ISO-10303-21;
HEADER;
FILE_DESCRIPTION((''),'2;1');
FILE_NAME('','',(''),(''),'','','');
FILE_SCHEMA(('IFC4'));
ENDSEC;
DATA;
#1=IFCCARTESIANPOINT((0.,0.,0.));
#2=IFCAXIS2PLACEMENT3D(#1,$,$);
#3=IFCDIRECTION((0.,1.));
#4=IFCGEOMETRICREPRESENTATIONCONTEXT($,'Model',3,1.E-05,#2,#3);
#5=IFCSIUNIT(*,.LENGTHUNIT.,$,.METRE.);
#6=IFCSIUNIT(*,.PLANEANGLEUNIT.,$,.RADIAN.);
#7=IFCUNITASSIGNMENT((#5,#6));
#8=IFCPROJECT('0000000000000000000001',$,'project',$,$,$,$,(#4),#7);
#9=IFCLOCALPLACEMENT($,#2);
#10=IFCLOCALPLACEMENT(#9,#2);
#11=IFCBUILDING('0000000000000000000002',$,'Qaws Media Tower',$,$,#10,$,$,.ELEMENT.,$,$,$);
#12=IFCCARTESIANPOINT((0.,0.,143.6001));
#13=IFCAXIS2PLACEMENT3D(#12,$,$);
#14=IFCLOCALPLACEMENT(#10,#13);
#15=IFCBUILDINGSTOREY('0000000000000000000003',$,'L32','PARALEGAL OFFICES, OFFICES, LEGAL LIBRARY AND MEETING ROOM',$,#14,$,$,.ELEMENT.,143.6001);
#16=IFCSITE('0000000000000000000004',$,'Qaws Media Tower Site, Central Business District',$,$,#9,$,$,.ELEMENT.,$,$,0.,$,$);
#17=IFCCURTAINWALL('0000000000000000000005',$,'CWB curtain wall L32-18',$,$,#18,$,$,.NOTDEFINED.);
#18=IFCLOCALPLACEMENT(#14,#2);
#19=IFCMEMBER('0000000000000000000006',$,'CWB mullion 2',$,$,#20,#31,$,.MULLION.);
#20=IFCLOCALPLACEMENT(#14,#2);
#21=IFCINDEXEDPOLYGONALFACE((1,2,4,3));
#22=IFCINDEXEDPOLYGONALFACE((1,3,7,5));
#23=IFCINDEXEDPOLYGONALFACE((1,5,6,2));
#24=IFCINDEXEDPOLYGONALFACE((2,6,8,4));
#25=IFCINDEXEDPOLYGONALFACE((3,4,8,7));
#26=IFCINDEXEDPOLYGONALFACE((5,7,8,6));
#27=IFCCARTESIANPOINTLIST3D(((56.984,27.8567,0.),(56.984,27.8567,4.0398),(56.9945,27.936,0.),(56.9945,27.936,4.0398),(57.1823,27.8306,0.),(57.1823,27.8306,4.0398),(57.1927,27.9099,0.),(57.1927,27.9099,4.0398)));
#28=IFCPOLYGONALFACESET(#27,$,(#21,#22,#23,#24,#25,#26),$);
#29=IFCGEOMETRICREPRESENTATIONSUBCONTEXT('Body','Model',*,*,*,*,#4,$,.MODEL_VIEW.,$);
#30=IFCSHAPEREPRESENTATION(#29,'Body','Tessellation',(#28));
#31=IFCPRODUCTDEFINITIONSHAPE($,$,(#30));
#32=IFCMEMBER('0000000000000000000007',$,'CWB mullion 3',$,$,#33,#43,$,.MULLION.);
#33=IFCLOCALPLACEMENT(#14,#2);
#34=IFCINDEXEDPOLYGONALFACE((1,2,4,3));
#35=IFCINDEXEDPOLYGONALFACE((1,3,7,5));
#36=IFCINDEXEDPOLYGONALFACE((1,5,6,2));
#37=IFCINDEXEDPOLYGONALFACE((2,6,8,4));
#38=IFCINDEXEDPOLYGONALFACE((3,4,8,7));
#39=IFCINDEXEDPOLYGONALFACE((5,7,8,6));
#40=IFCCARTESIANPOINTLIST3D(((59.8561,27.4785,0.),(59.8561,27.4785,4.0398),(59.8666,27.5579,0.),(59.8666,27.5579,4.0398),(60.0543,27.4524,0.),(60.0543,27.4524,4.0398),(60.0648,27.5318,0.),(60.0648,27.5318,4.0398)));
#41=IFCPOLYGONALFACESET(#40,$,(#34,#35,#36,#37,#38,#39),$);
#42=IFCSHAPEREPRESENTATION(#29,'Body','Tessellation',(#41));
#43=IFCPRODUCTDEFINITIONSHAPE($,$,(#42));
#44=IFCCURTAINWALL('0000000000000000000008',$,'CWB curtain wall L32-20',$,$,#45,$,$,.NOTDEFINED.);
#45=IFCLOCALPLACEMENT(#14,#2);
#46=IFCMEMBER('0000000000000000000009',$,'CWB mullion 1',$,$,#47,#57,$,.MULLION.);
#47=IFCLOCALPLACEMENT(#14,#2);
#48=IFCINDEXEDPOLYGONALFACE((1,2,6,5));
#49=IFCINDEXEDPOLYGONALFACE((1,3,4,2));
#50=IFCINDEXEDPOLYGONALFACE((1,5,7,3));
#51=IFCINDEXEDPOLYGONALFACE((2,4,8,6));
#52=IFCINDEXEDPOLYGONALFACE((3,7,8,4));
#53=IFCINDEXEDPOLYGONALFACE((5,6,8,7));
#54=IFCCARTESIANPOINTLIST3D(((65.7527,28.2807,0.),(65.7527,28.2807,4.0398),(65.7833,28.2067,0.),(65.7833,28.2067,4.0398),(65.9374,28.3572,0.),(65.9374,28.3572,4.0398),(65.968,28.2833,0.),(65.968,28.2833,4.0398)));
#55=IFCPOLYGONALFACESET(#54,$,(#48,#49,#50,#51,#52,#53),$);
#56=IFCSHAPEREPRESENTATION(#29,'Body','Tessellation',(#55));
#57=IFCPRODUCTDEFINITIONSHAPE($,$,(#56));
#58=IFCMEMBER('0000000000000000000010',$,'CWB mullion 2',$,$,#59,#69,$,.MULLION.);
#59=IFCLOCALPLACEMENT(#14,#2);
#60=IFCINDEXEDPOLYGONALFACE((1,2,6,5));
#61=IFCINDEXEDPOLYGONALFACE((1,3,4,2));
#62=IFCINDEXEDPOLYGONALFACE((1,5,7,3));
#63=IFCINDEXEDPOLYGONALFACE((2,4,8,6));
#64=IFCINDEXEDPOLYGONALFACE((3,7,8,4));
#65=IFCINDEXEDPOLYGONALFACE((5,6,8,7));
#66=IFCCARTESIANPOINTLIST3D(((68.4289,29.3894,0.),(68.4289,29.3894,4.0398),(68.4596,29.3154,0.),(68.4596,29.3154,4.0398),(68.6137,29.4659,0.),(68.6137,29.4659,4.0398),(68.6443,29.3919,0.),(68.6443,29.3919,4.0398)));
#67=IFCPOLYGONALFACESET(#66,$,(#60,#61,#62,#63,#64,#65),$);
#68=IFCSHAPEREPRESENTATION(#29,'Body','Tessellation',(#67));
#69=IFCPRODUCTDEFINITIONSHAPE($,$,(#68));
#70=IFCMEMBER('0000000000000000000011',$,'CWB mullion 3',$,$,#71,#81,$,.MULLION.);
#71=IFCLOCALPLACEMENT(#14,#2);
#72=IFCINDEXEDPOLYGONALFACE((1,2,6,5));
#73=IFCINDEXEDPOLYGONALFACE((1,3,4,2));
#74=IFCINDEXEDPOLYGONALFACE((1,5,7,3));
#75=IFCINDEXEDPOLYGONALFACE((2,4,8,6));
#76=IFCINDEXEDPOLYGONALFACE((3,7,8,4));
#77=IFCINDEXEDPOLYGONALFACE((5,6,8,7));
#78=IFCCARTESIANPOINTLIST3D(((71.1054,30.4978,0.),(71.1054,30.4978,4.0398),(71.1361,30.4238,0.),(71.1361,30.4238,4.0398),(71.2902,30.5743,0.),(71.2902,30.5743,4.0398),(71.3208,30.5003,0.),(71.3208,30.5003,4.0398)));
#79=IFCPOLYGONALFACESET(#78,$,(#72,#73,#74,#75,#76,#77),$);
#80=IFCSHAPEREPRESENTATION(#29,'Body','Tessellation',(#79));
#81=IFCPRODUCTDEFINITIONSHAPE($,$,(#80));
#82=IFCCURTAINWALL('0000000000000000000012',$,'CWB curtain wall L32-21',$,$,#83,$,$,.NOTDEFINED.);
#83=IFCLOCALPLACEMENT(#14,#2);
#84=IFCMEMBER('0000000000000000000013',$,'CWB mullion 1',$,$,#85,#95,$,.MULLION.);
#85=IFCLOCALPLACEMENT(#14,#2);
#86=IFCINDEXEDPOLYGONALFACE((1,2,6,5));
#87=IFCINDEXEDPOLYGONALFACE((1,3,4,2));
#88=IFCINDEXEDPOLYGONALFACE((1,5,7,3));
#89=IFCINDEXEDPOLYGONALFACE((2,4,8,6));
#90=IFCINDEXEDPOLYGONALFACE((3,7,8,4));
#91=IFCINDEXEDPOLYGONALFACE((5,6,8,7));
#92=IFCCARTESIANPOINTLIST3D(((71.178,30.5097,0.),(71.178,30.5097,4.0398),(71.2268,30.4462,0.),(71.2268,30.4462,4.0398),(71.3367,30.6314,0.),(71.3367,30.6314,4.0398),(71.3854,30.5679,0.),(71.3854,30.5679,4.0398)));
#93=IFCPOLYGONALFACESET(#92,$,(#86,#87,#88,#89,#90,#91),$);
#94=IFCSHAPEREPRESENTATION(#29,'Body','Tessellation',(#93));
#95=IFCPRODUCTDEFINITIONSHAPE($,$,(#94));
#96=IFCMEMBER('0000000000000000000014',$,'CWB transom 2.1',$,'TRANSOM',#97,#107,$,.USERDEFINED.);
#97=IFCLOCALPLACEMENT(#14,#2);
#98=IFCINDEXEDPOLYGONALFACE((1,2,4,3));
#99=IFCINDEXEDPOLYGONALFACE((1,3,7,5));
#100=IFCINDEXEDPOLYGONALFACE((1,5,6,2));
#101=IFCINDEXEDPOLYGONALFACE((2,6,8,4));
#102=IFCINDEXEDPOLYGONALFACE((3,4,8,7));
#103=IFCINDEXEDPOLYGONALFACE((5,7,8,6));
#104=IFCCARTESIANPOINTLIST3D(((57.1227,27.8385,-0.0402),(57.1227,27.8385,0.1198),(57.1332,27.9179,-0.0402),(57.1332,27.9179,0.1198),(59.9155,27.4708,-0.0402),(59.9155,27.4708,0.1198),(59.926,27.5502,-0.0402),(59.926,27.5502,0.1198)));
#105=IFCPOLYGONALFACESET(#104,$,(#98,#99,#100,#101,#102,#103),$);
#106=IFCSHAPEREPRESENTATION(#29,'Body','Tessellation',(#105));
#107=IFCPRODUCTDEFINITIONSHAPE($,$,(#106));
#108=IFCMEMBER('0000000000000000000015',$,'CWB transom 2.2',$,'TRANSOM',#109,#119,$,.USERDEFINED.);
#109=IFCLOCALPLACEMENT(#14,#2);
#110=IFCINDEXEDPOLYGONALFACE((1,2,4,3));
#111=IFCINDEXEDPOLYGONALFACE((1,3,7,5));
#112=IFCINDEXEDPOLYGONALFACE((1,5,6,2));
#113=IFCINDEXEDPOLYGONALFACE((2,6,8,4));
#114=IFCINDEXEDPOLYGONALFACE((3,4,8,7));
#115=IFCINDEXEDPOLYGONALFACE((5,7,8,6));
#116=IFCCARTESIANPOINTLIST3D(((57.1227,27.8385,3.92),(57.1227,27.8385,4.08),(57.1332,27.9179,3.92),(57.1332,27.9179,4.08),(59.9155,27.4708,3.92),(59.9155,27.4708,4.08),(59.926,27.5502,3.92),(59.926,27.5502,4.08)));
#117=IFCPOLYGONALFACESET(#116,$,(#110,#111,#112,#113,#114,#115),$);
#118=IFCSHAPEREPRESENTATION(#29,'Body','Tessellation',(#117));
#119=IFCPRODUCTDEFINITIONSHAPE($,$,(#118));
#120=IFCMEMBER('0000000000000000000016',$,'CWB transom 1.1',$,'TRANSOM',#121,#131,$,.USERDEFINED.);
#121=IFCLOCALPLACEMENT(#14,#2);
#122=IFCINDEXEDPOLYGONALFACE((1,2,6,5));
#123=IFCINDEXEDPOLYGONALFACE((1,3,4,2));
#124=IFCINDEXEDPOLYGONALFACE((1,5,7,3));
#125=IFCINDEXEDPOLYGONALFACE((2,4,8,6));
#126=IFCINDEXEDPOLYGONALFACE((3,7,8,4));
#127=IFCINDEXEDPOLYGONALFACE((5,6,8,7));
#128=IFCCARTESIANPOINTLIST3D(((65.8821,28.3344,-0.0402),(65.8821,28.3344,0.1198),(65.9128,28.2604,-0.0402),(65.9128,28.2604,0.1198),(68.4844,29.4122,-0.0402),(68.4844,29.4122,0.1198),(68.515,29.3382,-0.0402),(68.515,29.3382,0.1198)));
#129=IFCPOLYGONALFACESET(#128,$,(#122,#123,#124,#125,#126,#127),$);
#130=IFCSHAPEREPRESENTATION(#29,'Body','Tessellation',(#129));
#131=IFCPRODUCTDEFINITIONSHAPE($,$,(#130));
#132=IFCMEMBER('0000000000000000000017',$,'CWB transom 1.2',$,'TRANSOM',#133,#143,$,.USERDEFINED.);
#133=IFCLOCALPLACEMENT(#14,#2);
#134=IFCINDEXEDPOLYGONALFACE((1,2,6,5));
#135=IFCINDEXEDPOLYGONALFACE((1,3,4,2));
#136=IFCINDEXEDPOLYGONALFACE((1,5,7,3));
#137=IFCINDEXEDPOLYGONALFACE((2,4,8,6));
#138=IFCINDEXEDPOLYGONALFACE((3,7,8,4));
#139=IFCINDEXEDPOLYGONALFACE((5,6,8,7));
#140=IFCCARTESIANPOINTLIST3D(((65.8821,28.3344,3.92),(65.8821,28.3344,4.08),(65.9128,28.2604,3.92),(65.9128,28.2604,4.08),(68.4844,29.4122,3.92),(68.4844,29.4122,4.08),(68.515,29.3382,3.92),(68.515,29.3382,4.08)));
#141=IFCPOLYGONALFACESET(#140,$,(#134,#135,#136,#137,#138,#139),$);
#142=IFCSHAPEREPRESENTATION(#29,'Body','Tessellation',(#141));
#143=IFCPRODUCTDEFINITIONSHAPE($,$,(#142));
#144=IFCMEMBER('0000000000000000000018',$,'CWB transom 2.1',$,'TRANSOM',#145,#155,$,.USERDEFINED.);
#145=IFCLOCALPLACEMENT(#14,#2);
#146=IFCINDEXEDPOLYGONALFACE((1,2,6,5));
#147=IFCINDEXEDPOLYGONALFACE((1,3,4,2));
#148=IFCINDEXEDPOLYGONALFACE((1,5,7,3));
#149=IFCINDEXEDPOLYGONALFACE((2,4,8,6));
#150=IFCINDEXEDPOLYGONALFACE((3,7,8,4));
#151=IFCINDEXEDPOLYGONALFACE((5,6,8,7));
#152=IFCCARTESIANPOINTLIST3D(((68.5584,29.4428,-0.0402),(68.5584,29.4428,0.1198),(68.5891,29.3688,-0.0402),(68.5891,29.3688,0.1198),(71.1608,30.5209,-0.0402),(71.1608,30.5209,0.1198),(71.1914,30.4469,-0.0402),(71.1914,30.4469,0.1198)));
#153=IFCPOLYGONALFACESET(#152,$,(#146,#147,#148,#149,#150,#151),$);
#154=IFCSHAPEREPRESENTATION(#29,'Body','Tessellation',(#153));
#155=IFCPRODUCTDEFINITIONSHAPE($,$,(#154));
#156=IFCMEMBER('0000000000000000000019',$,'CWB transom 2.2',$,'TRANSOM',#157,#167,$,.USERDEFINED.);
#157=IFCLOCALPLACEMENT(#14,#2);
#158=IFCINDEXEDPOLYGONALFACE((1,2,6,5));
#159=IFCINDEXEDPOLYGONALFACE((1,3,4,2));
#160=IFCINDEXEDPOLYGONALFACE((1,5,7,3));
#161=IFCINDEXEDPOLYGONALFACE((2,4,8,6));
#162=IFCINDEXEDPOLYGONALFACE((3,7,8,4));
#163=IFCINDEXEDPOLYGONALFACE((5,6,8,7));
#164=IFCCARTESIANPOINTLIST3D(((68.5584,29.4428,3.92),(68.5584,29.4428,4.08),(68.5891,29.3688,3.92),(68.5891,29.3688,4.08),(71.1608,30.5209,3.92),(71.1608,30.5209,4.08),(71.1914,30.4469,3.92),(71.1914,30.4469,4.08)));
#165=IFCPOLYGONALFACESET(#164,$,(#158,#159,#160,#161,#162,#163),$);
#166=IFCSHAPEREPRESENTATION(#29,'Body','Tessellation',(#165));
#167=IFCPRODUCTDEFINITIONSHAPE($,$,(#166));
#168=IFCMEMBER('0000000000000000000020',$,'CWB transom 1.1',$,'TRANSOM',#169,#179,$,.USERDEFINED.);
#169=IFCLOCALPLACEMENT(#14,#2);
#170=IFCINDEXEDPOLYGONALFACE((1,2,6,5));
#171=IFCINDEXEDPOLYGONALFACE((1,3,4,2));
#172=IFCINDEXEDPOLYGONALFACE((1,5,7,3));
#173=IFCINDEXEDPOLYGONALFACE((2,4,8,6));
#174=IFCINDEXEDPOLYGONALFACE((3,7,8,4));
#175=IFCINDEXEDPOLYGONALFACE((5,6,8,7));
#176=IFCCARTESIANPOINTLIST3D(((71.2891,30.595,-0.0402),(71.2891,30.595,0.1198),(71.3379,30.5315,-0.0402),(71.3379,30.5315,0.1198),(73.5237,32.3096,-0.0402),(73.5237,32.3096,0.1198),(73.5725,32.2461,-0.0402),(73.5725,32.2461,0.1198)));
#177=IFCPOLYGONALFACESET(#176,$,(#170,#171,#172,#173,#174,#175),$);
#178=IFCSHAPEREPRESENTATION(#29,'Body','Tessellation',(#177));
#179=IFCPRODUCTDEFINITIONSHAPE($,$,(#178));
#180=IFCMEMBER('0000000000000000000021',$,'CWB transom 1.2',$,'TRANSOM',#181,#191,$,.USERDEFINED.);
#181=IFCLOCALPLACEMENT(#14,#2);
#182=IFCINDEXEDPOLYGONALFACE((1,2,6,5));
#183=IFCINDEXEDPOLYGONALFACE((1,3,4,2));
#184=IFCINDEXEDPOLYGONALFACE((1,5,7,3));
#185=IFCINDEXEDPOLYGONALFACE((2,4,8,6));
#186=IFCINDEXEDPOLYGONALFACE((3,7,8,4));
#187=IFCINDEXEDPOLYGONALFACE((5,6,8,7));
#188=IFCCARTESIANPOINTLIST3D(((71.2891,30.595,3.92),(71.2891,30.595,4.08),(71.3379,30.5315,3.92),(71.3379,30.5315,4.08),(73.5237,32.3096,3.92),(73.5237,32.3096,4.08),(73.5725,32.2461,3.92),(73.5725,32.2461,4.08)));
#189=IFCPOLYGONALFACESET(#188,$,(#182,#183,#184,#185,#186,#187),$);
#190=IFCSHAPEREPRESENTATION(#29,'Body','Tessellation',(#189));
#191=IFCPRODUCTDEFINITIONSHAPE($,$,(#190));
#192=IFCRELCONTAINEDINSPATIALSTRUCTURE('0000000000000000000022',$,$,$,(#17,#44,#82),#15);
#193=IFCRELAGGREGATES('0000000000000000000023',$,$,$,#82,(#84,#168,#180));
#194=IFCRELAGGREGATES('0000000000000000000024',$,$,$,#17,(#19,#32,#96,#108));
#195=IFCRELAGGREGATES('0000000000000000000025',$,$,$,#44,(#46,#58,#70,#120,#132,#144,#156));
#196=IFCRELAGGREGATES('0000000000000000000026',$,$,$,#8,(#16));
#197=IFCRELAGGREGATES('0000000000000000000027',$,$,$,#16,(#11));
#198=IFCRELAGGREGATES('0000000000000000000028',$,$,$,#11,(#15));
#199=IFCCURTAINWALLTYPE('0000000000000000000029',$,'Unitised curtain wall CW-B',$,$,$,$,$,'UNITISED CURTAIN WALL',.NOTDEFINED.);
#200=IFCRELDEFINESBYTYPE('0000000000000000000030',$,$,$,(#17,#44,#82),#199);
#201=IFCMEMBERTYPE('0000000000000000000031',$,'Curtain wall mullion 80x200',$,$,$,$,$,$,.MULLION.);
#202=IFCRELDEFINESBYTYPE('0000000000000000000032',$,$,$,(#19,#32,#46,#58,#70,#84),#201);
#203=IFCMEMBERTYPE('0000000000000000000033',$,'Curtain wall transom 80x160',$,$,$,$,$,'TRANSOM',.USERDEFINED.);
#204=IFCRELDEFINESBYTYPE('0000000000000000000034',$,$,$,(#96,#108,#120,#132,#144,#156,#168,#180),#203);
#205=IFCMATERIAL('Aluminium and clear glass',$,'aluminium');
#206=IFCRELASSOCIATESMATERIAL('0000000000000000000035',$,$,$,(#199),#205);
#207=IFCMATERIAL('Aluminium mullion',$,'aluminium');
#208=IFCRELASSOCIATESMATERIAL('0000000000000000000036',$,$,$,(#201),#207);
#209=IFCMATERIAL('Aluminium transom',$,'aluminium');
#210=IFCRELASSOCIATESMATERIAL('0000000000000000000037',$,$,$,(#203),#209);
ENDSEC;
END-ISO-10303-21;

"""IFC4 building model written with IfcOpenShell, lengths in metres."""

from ifc_helpers import new_model, si_unit, direction, frame, origin, origin_2d, place, context, subcontext, project, spatial, rectangle, extrude, material, material_profile, profile_set, type_object, element, aggregate, save


model = new_model("IFC4")

# Units and contexts
model_context = context("Model", 3, precision=1e-05, world=origin(), true_north=direction((0.0, 1.0)))
body_context = subcontext(model_context, "Body", "Model", "MODEL_VIEW")
ifc_project = project(units=[si_unit("LENGTHUNIT", "METRE"), si_unit("PLANEANGLEUNIT", "RADIAN")], contexts=[model_context])

# Site, building, storey
site_placement = place(None, origin())
site = spatial("IfcSite", under=ifc_project, at=site_placement, Name="Qaws Media Tower Site, Central Business District", CompositionType="ELEMENT", RefElevation=0.0)
building_placement = place(site_placement, origin())
building = spatial("IfcBuilding", under=site, at=building_placement, Name="Qaws Media Tower", CompositionType="ELEMENT")
storey_placement = place(building_placement, frame((0.0, 0.0, 143.6001)))
storey = spatial("IfcBuildingStorey", under=building, at=storey_placement, Name="L32", Description="PARALEGAL OFFICES, OFFICES, LEGAL LIBRARY AND MEETING ROOM", CompositionType="ELEMENT", Elevation=143.6001)

# Curtain walls, members
ifc_material_1 = material(Name="Aluminium and clear glass", Category="aluminium")
curtain_wall_type = type_object("IfcCurtainWallType", Name="Unitised curtain wall CW-B", ElementType="UNITISED CURTAIN WALL", PredefinedType="NOTDEFINED", material=ifc_material_1)
curtain_wall_1_placement = place(storey_placement, origin())
curtain_wall_1 = element("IfcCurtainWall", 1, at=curtain_wall_1_placement, inside=storey, type_object=curtain_wall_type, Name="CWB curtain wall L32-18", PredefinedType="NOTDEFINED")
ifc_material_2 = material(Name="Aluminium mullion", Category="aluminium")
ifc_material_profile_1 = material_profile(ifc_material_2, rectangle(XDim=0.0801, YDim=0.2, at=origin_2d()), Name="80x200")
ifc_profile_set_1 = profile_set([ifc_material_profile_1], Name="Aluminium mullion")
member_type_1 = type_object("IfcMemberType", Name="Curtain wall mullion 80x200", PredefinedType="MULLION", material=ifc_profile_set_1)
member_1_placement = place(storey_placement, frame((57.0884, 27.8833, 0.0), z_axis=(0.0, 0.0, 1.0), x_axis=(0.130526, 0.991445, 0.0)))
member_1 = element("IfcMember", 2, at=member_1_placement, type_object=member_type_1, Name="CWB mullion 2", PredefinedType="MULLION", context=body_context, shape_type="SweptSolid", body=[
    extrude(rectangle(XDim=0.0801, YDim=0.2, at=origin_2d()), origin(), (0.0, 0.0, 1.0), 4.0398),
])
member_2_placement = place(storey_placement, frame((59.9604, 27.5051, 0.0), z_axis=(0.0, 0.0, 1.0), x_axis=(0.130526, 0.991445, 0.0)))
member_2 = element("IfcMember", 3, at=member_2_placement, type_object=member_type_1, Name="CWB mullion 3", PredefinedType="MULLION", context=body_context, shape_type="SweptSolid", body=[
    extrude(rectangle(XDim=0.0801, YDim=0.2, at=origin_2d()), origin(), (0.0, 0.0, 1.0), 4.0398),
])
curtain_wall_2_placement = place(storey_placement, origin())
curtain_wall_2 = element("IfcCurtainWall", 4, at=curtain_wall_2_placement, inside=storey, type_object=curtain_wall_type, Name="CWB curtain wall L32-20", PredefinedType="NOTDEFINED")
member_3_placement = place(storey_placement, frame((65.8604, 28.282, 0.0), z_axis=(0.0, 0.0, 1.0), x_axis=(-0.382683, 0.92388, 0.0)))
member_3 = element("IfcMember", 5, at=member_3_placement, type_object=member_type_1, Name="CWB mullion 1", PredefinedType="MULLION", context=body_context, shape_type="SweptSolid", body=[
    extrude(rectangle(XDim=0.0801, YDim=0.2, at=origin_2d()), origin(), (0.0, 0.0, 1.0), 4.0398),
])
member_4_placement = place(storey_placement, frame((68.5366, 29.3906, 0.0), z_axis=(0.0, 0.0, 1.0), x_axis=(-0.382683, 0.92388, 0.0)))
member_4 = element("IfcMember", 6, at=member_4_placement, type_object=member_type_1, Name="CWB mullion 2", PredefinedType="MULLION", context=body_context, shape_type="SweptSolid", body=[
    extrude(rectangle(XDim=0.0801, YDim=0.2, at=origin_2d()), origin(), (0.0, 0.0, 1.0), 4.0398),
])
member_5_placement = place(storey_placement, frame((71.2131, 30.499, 0.0), z_axis=(0.0, 0.0, 1.0), x_axis=(-0.382683, 0.92388, 0.0)))
member_5 = element("IfcMember", 7, at=member_5_placement, type_object=member_type_1, Name="CWB mullion 3", PredefinedType="MULLION", context=body_context, shape_type="SweptSolid", body=[
    extrude(rectangle(XDim=0.0801, YDim=0.2, at=origin_2d()), origin(), (0.0, 0.0, 1.0), 4.0398),
])

# Curtain wall, member
curtain_wall_3_placement = place(storey_placement, origin())
curtain_wall_3 = element("IfcCurtainWall", 8, at=curtain_wall_3_placement, inside=storey, type_object=curtain_wall_type, Name="CWB curtain wall L32-21", PredefinedType="NOTDEFINED")
member_6_placement = place(storey_placement, frame((71.2817, 30.5388, 0.0), z_axis=(0.0, 0.0, 1.0), x_axis=(-0.608761, 0.793353, 0.0)))
member_6 = element("IfcMember", 9, at=member_6_placement, type_object=member_type_1, Name="CWB mullion 1", PredefinedType="MULLION", context=body_context, shape_type="SweptSolid", body=[
    extrude(rectangle(XDim=0.0801, YDim=0.2, at=origin_2d()), origin(), (0.0, 0.0, 1.0), 4.0398),
])

# Members
ifc_material_3 = material(Name="Aluminium transom", Category="aluminium")
ifc_material_profile_2 = material_profile(ifc_material_3, rectangle(XDim=0.0801, YDim=0.1599, at=origin_2d()), Name="80x160")
ifc_profile_set_2 = profile_set([ifc_material_profile_2], Name="Aluminium transom")
member_type_2 = type_object("IfcMemberType", Name="Curtain wall transom 80x160", ElementType="TRANSOM", PredefinedType="USERDEFINED", material=ifc_profile_set_2)
member_7_placement = place(storey_placement, frame((57.1279, 27.8782, 0.0398), z_axis=(0.991445, -0.130528, 0.0), x_axis=(0.130528, 0.991445, 0.0)))
member_7 = element("IfcMember", 10, at=member_7_placement, type_object=member_type_2, Name="CWB transom 2.1", ObjectType="TRANSOM", PredefinedType="USERDEFINED", context=body_context, shape_type="SweptSolid", body=[
    extrude(rectangle(XDim=0.0801, YDim=0.1599, at=origin_2d()), origin(), (0.0, 0.0, 1.0), 2.8169),
])
member_8_placement = place(storey_placement, frame((57.1279, 27.8782, 4.0), z_axis=(0.991445, -0.130528, 0.0), x_axis=(0.130528, 0.991445, 0.0)))
member_8 = element("IfcMember", 11, at=member_8_placement, type_object=member_type_2, Name="CWB transom 2.2", ObjectType="TRANSOM", PredefinedType="USERDEFINED", context=body_context, shape_type="SweptSolid", body=[
    extrude(rectangle(XDim=0.0801, YDim=0.1599, at=origin_2d()), origin(), (0.0, 0.0, 1.0), 2.8169),
])
member_9_placement = place(storey_placement, frame((65.8975, 28.2974, 0.0398), z_axis=(0.923883, 0.382676, 0.0), x_axis=(-0.382676, 0.923883, 0.0)))
member_9 = element("IfcMember", 12, at=member_9_placement, type_object=member_type_2, Name="CWB transom 1.1", ObjectType="TRANSOM", PredefinedType="USERDEFINED", context=body_context, shape_type="SweptSolid", body=[
    extrude(rectangle(XDim=0.0801, YDim=0.1599, at=origin_2d()), origin(), (0.0, 0.0, 1.0), 2.8167),
])
member_10_placement = place(storey_placement, frame((65.8975, 28.2974, 4.0), z_axis=(0.923883, 0.382676, 0.0), x_axis=(-0.382676, 0.923883, 0.0)))
member_10 = element("IfcMember", 13, at=member_10_placement, type_object=member_type_2, Name="CWB transom 1.2", ObjectType="TRANSOM", PredefinedType="USERDEFINED", context=body_context, shape_type="SweptSolid", body=[
    extrude(rectangle(XDim=0.0801, YDim=0.1599, at=origin_2d()), origin(), (0.0, 0.0, 1.0), 2.8167),
])
member_11_placement = place(storey_placement, frame((68.5737, 29.4058, 0.0398), z_axis=(0.923852, 0.38275, 0.0), x_axis=(-0.38275, 0.923852, 0.0)))
member_11 = element("IfcMember", 14, at=member_11_placement, type_object=member_type_2, Name="CWB transom 2.1", ObjectType="TRANSOM", PredefinedType="USERDEFINED", context=body_context, shape_type="SweptSolid", body=[
    extrude(rectangle(XDim=0.0801, YDim=0.1599, at=origin_2d()), origin(), (0.0, 0.0, 1.0), 2.8169),
])
member_12_placement = place(storey_placement, frame((68.5737, 29.4058, 4.0), z_axis=(0.923852, 0.38275, 0.0), x_axis=(-0.38275, 0.923852, 0.0)))
member_12 = element("IfcMember", 15, at=member_12_placement, type_object=member_type_2, Name="CWB transom 2.2", ObjectType="TRANSOM", PredefinedType="USERDEFINED", context=body_context, shape_type="SweptSolid", body=[
    extrude(rectangle(XDim=0.0801, YDim=0.1599, at=origin_2d()), origin(), (0.0, 0.0, 1.0), 2.8169),
])
member_13_placement = place(storey_placement, frame((71.3135, 30.5632, 0.0398), z_axis=(0.793368, 0.608743, 0.0), x_axis=(-0.608743, 0.793368, 0.0)))
member_13 = element("IfcMember", 16, at=member_13_placement, type_object=member_type_2, Name="CWB transom 1.1", ObjectType="TRANSOM", PredefinedType="USERDEFINED", context=body_context, shape_type="SweptSolid", body=[
    extrude(rectangle(XDim=0.0801, YDim=0.1599, at=origin_2d()), origin(), (0.0, 0.0, 1.0), 2.8167),
])
member_14_placement = place(storey_placement, frame((71.3135, 30.5632, 4.0), z_axis=(0.793368, 0.608743, 0.0), x_axis=(-0.608743, 0.793368, 0.0)))
member_14 = element("IfcMember", 17, at=member_14_placement, type_object=member_type_2, Name="CWB transom 1.2", ObjectType="TRANSOM", PredefinedType="USERDEFINED", context=body_context, shape_type="SweptSolid", body=[
    extrude(rectangle(XDim=0.0801, YDim=0.1599, at=origin_2d()), origin(), (0.0, 0.0, 1.0), 2.8167),
])
aggregate(curtain_wall_3, [member_6, member_13, member_14])

aggregate(curtain_wall_1, [member_1, member_2, member_7, member_8])
aggregate(curtain_wall_2, [member_3, member_4, member_5, member_9, member_10, member_11, member_12])

save(model, "model.ifc")
